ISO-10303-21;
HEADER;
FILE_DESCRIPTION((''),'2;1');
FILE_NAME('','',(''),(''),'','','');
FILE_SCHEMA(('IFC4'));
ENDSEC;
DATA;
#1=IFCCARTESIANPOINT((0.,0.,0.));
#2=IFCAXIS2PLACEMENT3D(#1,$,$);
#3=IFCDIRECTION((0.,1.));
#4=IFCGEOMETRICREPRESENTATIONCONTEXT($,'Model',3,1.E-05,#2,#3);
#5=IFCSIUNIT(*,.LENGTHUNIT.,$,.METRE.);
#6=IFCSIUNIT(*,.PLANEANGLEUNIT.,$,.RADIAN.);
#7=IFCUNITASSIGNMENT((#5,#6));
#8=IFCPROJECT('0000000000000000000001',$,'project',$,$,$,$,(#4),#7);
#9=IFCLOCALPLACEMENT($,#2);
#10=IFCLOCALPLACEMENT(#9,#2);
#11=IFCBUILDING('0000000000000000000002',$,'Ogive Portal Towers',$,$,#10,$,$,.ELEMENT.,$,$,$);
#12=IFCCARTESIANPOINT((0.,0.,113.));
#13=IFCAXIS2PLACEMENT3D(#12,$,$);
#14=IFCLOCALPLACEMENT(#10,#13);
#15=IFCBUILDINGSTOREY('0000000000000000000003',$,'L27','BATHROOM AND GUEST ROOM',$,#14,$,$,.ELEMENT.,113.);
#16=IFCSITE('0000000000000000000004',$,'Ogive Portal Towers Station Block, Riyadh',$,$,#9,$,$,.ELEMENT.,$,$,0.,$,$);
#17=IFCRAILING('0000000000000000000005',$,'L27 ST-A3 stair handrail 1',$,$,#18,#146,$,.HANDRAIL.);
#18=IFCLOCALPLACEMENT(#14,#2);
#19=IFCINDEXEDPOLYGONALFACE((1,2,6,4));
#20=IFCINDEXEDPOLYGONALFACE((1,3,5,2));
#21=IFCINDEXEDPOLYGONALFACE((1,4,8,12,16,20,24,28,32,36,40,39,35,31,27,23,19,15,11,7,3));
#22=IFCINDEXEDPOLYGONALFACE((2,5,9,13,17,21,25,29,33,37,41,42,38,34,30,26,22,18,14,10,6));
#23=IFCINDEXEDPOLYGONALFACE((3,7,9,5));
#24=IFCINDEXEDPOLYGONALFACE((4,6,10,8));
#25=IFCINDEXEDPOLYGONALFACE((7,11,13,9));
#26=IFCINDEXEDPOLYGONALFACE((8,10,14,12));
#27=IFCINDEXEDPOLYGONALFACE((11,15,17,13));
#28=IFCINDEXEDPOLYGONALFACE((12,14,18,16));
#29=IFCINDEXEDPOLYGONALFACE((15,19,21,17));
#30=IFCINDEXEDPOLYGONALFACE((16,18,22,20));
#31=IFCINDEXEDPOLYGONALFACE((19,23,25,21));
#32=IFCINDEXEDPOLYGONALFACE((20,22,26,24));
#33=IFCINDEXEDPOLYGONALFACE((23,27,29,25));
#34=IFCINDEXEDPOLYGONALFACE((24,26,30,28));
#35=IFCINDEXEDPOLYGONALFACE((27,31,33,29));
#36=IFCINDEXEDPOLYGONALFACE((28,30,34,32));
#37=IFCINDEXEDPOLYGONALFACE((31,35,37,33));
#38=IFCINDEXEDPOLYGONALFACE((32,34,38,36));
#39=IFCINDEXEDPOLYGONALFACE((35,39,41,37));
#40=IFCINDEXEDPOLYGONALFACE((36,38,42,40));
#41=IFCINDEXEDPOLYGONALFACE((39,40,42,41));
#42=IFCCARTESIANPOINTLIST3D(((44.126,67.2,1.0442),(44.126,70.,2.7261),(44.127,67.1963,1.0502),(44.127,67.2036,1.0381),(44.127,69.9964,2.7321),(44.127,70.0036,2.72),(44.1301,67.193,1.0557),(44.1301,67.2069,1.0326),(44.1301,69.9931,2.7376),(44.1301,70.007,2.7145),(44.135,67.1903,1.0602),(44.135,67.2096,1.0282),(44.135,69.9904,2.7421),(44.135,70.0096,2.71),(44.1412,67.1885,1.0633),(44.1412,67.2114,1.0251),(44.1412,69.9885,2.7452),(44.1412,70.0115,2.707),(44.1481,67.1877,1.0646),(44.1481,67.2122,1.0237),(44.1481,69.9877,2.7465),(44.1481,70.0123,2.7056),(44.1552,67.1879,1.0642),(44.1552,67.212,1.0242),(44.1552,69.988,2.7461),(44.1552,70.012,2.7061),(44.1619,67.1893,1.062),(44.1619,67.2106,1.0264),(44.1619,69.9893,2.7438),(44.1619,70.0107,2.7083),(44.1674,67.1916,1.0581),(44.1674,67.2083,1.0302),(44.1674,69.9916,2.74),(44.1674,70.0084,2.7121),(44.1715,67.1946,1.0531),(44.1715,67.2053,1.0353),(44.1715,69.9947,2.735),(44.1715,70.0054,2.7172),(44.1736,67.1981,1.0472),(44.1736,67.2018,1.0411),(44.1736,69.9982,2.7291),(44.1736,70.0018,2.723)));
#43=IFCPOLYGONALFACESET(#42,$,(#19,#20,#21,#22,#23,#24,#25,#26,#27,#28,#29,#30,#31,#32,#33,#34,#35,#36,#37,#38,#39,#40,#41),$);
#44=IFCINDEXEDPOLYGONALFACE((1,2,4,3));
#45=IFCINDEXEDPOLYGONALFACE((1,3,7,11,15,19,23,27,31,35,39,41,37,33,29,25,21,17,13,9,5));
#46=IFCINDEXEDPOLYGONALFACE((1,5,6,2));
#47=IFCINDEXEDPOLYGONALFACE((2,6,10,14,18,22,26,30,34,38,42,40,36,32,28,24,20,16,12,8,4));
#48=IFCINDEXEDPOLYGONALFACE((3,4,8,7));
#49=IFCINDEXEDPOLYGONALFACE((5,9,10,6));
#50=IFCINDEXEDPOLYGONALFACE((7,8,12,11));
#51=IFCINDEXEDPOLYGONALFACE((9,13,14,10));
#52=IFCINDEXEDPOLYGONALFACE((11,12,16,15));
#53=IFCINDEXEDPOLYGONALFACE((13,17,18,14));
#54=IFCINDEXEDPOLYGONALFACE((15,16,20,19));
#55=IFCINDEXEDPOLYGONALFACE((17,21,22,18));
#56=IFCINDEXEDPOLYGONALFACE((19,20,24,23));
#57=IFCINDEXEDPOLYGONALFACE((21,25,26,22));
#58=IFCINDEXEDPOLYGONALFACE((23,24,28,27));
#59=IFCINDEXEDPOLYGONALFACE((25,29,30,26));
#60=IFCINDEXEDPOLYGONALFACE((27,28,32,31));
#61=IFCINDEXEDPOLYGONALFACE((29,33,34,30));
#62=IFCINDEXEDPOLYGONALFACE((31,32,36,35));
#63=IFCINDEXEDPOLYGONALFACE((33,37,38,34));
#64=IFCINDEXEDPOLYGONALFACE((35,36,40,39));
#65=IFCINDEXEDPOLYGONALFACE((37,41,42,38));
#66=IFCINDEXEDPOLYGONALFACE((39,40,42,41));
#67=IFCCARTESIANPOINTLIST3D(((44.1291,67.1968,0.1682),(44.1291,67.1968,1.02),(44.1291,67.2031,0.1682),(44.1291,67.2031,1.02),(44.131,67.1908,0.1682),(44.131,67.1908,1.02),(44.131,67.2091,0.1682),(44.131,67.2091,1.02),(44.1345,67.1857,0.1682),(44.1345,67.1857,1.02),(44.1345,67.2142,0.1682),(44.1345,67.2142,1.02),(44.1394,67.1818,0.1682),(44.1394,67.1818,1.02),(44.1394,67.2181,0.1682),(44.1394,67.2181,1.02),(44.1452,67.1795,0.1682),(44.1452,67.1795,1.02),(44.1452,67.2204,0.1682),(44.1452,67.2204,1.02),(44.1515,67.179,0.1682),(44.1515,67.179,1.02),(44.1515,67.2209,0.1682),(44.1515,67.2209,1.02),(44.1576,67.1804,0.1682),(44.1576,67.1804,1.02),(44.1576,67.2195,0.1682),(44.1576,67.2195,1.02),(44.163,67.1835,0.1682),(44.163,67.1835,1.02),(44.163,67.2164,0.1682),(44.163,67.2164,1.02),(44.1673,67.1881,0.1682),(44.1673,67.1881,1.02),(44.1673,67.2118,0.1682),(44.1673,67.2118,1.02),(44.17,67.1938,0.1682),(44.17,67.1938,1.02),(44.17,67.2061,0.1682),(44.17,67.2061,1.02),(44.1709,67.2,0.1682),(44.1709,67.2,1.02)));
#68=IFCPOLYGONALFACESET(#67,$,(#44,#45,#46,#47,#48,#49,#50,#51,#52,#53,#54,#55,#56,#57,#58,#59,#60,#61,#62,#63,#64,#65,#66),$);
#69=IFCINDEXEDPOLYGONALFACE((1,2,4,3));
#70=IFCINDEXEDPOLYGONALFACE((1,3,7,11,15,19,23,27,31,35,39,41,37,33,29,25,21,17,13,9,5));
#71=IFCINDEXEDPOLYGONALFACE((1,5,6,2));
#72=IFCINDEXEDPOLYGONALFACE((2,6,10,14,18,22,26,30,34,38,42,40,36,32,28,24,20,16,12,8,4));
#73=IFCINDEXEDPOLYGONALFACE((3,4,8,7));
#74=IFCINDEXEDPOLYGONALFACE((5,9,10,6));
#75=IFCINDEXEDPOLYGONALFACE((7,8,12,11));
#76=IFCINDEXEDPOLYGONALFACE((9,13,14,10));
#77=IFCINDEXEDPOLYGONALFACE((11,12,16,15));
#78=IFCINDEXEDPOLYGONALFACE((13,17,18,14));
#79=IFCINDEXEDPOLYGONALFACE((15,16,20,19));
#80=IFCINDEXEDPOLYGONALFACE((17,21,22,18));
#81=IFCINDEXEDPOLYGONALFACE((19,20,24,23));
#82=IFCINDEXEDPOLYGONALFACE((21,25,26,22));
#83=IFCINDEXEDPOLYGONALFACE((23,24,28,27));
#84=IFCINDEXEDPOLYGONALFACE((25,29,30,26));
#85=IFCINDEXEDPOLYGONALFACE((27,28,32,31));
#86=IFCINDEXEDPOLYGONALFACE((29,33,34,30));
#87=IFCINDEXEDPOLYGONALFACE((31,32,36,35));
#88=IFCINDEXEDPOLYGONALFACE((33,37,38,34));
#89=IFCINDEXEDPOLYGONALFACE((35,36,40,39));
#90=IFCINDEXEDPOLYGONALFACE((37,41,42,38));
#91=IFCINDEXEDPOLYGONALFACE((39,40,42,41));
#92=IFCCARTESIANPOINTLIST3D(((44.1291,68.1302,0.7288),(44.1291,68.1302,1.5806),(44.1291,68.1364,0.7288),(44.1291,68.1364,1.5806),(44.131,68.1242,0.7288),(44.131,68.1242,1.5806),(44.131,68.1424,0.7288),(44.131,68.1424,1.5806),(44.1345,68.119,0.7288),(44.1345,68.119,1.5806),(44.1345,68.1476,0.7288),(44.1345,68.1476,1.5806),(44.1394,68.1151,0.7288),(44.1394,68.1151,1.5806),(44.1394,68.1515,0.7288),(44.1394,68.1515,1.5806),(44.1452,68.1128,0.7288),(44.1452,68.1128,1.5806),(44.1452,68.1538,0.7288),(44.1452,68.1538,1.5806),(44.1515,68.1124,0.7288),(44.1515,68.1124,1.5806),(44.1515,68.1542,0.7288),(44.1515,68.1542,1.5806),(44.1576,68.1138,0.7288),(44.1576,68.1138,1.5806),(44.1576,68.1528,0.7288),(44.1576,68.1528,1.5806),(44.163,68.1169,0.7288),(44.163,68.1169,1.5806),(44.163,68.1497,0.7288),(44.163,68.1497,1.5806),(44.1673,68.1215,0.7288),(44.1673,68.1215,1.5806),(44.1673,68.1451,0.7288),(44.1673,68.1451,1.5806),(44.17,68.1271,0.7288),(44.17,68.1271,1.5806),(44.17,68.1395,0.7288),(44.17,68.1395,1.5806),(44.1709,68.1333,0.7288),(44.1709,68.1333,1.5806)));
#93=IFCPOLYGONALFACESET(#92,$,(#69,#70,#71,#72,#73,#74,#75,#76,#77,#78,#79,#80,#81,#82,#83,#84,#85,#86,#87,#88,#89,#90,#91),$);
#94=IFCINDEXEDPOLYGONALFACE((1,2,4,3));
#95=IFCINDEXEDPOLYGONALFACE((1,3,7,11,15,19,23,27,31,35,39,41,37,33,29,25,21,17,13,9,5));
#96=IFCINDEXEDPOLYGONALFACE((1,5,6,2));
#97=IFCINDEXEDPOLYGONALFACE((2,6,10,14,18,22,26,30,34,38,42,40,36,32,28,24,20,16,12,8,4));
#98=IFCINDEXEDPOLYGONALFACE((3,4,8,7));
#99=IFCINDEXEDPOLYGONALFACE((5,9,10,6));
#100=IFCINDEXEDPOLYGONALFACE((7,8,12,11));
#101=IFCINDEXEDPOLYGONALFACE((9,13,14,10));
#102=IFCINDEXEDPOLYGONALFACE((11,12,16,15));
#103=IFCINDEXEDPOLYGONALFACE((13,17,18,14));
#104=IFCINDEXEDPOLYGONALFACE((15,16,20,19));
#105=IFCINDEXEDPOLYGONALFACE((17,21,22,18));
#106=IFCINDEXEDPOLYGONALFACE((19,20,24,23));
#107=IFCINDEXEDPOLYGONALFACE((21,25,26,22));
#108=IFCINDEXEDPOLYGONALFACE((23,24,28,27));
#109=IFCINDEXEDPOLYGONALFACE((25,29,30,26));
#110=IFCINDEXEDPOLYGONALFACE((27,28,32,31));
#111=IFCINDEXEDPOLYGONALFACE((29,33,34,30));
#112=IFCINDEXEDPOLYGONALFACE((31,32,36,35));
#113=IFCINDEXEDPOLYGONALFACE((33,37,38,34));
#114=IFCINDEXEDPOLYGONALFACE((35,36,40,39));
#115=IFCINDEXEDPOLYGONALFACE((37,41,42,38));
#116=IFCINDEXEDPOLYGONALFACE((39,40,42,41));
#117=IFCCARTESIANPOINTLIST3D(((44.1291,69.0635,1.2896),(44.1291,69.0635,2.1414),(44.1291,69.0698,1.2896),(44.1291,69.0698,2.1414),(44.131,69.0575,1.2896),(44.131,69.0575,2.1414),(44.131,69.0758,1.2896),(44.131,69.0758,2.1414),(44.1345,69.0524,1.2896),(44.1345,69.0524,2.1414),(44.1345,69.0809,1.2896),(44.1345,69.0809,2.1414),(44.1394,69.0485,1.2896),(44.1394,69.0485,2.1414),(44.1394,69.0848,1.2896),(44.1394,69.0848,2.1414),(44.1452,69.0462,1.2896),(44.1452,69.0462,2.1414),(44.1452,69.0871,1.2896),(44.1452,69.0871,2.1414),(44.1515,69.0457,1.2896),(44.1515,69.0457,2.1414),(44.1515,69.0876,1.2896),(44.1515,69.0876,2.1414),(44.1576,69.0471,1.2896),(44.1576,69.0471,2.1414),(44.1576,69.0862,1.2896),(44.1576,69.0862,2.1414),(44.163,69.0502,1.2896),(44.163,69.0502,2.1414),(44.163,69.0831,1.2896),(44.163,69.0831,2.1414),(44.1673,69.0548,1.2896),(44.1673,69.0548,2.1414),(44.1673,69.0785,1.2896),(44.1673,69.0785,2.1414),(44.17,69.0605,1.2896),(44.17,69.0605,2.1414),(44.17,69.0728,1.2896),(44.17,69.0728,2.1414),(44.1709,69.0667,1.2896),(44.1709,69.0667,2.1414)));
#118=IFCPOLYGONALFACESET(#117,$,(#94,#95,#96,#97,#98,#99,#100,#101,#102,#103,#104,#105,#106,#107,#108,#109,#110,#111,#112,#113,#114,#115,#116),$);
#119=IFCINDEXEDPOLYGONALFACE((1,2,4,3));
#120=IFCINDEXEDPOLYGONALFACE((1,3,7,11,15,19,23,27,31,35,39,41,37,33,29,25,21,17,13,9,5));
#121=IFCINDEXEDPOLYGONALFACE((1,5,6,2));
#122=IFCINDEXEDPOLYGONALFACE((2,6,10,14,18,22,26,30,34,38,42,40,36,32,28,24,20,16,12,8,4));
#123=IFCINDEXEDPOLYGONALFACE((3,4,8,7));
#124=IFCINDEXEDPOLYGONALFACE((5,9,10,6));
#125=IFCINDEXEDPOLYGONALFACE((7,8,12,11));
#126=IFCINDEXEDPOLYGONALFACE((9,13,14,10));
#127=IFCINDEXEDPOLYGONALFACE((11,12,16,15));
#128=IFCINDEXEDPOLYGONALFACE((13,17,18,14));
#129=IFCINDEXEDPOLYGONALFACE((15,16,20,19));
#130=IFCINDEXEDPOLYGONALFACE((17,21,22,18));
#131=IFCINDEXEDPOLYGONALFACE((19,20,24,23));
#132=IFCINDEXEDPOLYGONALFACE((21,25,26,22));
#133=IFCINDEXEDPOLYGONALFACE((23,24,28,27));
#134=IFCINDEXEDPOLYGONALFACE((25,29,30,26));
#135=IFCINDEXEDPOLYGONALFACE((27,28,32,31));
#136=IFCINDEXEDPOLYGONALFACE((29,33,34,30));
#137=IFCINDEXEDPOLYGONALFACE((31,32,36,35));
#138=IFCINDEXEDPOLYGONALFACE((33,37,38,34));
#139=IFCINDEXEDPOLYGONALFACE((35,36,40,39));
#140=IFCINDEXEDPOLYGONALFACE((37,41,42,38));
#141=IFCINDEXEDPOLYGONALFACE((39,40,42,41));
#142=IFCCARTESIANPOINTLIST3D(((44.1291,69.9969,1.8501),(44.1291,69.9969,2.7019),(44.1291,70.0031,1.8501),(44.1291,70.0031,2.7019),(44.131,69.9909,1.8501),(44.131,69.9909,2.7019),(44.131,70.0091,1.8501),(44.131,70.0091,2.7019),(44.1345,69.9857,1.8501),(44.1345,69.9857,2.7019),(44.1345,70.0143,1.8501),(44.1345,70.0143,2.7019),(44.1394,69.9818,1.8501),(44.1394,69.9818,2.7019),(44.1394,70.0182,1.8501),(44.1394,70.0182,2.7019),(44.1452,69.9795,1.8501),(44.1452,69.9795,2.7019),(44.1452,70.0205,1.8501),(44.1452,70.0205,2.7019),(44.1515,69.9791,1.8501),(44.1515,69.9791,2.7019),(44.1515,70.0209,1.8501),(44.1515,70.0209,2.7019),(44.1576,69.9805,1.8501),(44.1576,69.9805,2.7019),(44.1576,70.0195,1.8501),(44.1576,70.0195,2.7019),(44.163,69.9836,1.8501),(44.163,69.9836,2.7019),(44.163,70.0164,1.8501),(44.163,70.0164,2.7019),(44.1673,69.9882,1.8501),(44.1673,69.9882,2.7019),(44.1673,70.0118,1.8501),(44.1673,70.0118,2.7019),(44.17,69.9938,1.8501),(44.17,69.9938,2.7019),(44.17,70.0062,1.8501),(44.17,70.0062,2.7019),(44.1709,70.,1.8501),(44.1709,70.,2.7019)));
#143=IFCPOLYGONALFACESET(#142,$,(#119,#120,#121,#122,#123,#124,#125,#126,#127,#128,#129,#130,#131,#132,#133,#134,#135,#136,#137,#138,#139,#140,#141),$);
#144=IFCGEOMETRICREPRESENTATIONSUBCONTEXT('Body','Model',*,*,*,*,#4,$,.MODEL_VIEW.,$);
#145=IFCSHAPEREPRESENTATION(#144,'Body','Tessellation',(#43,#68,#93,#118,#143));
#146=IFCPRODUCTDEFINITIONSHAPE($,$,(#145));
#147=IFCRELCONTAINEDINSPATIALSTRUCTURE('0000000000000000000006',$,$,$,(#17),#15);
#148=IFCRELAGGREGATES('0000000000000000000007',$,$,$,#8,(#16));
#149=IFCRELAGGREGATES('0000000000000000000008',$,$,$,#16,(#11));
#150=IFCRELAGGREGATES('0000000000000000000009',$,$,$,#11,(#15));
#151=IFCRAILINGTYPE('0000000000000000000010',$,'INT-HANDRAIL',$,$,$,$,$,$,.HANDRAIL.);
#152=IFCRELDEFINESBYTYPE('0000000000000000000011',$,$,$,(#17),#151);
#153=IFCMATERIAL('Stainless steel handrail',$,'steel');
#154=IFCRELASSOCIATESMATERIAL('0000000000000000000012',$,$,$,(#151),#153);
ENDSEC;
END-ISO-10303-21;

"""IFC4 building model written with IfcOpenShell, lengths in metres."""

from ifc_helpers import new_model, si_unit, direction, frame, origin, origin_2d, place, context, subcontext, project, spatial, circle, extrude, material, type_object, element, save


model = new_model("IFC4")

# Units and contexts
model_context = context("Model", 3, precision=1e-05, world=origin(), true_north=direction((0.0, 1.0)))
body_context = subcontext(model_context, "Body", "Model", "MODEL_VIEW")
ifc_project = project(units=[si_unit("LENGTHUNIT", "METRE"), si_unit("PLANEANGLEUNIT", "RADIAN")], contexts=[model_context])

# Site, building, storey
site_placement = place(None, origin())
site = spatial("IfcSite", under=ifc_project, at=site_placement, Name="Ogive Portal Towers Station Block, Riyadh", CompositionType="ELEMENT", RefElevation=0.0)
building_placement = place(site_placement, origin())
building = spatial("IfcBuilding", under=site, at=building_placement, Name="Ogive Portal Towers", CompositionType="ELEMENT")
storey_placement = place(building_placement, frame((0.0, 0.0, 113.0)))
storey = spatial("IfcBuildingStorey", under=building, at=storey_placement, Name="L27", Description="BATHROOM AND GUEST ROOM", CompositionType="ELEMENT", Elevation=113.0)

# Railing
ifc_material_1 = material(Name="Stainless steel handrail", Category="steel")
railing_type_1 = type_object("IfcRailingType", Name="INT-HANDRAIL", PredefinedType="HANDRAIL", material=ifc_material_1)
railing_1_placement = place(storey_placement, frame((44.1499, 67.2, 0.1682)))
element("IfcRailing", 1, at=railing_1_placement, inside=storey, type_object=railing_type_1, Name="L27 ST-A3 stair handrail 1", PredefinedType="HANDRAIL", context=body_context, shape_type="SweptSolid", body=[
    extrude(circle(Radius=0.0239, at=origin_2d()), frame((0.0, 0.0, 0.876), z_axis=(0.0, 0.857242, 0.514913), x_axis=(-1.0, 0.0, 0.0)), (0.0, 0.0, 1.0), 3.2664),
    extrude(circle(Radius=0.021, at=origin_2d()), origin(), (0.0, 0.0, 1.0), 0.8518),
    extrude(circle(Radius=0.021, at=origin_2d()), frame((0.0, 0.9333, 0.5605)), (0.0, 0.0, 1.0), 0.8518),
    extrude(circle(Radius=0.021, at=origin_2d()), frame((0.0, 1.8667, 1.1213)), (0.0, 0.0, 1.0), 0.8518),
    extrude(circle(Radius=0.021, at=origin_2d()), frame((0.0, 2.8, 1.6819)), (0.0, 0.0, 1.0), 0.8518),
])

save(model, "model.ifc")
